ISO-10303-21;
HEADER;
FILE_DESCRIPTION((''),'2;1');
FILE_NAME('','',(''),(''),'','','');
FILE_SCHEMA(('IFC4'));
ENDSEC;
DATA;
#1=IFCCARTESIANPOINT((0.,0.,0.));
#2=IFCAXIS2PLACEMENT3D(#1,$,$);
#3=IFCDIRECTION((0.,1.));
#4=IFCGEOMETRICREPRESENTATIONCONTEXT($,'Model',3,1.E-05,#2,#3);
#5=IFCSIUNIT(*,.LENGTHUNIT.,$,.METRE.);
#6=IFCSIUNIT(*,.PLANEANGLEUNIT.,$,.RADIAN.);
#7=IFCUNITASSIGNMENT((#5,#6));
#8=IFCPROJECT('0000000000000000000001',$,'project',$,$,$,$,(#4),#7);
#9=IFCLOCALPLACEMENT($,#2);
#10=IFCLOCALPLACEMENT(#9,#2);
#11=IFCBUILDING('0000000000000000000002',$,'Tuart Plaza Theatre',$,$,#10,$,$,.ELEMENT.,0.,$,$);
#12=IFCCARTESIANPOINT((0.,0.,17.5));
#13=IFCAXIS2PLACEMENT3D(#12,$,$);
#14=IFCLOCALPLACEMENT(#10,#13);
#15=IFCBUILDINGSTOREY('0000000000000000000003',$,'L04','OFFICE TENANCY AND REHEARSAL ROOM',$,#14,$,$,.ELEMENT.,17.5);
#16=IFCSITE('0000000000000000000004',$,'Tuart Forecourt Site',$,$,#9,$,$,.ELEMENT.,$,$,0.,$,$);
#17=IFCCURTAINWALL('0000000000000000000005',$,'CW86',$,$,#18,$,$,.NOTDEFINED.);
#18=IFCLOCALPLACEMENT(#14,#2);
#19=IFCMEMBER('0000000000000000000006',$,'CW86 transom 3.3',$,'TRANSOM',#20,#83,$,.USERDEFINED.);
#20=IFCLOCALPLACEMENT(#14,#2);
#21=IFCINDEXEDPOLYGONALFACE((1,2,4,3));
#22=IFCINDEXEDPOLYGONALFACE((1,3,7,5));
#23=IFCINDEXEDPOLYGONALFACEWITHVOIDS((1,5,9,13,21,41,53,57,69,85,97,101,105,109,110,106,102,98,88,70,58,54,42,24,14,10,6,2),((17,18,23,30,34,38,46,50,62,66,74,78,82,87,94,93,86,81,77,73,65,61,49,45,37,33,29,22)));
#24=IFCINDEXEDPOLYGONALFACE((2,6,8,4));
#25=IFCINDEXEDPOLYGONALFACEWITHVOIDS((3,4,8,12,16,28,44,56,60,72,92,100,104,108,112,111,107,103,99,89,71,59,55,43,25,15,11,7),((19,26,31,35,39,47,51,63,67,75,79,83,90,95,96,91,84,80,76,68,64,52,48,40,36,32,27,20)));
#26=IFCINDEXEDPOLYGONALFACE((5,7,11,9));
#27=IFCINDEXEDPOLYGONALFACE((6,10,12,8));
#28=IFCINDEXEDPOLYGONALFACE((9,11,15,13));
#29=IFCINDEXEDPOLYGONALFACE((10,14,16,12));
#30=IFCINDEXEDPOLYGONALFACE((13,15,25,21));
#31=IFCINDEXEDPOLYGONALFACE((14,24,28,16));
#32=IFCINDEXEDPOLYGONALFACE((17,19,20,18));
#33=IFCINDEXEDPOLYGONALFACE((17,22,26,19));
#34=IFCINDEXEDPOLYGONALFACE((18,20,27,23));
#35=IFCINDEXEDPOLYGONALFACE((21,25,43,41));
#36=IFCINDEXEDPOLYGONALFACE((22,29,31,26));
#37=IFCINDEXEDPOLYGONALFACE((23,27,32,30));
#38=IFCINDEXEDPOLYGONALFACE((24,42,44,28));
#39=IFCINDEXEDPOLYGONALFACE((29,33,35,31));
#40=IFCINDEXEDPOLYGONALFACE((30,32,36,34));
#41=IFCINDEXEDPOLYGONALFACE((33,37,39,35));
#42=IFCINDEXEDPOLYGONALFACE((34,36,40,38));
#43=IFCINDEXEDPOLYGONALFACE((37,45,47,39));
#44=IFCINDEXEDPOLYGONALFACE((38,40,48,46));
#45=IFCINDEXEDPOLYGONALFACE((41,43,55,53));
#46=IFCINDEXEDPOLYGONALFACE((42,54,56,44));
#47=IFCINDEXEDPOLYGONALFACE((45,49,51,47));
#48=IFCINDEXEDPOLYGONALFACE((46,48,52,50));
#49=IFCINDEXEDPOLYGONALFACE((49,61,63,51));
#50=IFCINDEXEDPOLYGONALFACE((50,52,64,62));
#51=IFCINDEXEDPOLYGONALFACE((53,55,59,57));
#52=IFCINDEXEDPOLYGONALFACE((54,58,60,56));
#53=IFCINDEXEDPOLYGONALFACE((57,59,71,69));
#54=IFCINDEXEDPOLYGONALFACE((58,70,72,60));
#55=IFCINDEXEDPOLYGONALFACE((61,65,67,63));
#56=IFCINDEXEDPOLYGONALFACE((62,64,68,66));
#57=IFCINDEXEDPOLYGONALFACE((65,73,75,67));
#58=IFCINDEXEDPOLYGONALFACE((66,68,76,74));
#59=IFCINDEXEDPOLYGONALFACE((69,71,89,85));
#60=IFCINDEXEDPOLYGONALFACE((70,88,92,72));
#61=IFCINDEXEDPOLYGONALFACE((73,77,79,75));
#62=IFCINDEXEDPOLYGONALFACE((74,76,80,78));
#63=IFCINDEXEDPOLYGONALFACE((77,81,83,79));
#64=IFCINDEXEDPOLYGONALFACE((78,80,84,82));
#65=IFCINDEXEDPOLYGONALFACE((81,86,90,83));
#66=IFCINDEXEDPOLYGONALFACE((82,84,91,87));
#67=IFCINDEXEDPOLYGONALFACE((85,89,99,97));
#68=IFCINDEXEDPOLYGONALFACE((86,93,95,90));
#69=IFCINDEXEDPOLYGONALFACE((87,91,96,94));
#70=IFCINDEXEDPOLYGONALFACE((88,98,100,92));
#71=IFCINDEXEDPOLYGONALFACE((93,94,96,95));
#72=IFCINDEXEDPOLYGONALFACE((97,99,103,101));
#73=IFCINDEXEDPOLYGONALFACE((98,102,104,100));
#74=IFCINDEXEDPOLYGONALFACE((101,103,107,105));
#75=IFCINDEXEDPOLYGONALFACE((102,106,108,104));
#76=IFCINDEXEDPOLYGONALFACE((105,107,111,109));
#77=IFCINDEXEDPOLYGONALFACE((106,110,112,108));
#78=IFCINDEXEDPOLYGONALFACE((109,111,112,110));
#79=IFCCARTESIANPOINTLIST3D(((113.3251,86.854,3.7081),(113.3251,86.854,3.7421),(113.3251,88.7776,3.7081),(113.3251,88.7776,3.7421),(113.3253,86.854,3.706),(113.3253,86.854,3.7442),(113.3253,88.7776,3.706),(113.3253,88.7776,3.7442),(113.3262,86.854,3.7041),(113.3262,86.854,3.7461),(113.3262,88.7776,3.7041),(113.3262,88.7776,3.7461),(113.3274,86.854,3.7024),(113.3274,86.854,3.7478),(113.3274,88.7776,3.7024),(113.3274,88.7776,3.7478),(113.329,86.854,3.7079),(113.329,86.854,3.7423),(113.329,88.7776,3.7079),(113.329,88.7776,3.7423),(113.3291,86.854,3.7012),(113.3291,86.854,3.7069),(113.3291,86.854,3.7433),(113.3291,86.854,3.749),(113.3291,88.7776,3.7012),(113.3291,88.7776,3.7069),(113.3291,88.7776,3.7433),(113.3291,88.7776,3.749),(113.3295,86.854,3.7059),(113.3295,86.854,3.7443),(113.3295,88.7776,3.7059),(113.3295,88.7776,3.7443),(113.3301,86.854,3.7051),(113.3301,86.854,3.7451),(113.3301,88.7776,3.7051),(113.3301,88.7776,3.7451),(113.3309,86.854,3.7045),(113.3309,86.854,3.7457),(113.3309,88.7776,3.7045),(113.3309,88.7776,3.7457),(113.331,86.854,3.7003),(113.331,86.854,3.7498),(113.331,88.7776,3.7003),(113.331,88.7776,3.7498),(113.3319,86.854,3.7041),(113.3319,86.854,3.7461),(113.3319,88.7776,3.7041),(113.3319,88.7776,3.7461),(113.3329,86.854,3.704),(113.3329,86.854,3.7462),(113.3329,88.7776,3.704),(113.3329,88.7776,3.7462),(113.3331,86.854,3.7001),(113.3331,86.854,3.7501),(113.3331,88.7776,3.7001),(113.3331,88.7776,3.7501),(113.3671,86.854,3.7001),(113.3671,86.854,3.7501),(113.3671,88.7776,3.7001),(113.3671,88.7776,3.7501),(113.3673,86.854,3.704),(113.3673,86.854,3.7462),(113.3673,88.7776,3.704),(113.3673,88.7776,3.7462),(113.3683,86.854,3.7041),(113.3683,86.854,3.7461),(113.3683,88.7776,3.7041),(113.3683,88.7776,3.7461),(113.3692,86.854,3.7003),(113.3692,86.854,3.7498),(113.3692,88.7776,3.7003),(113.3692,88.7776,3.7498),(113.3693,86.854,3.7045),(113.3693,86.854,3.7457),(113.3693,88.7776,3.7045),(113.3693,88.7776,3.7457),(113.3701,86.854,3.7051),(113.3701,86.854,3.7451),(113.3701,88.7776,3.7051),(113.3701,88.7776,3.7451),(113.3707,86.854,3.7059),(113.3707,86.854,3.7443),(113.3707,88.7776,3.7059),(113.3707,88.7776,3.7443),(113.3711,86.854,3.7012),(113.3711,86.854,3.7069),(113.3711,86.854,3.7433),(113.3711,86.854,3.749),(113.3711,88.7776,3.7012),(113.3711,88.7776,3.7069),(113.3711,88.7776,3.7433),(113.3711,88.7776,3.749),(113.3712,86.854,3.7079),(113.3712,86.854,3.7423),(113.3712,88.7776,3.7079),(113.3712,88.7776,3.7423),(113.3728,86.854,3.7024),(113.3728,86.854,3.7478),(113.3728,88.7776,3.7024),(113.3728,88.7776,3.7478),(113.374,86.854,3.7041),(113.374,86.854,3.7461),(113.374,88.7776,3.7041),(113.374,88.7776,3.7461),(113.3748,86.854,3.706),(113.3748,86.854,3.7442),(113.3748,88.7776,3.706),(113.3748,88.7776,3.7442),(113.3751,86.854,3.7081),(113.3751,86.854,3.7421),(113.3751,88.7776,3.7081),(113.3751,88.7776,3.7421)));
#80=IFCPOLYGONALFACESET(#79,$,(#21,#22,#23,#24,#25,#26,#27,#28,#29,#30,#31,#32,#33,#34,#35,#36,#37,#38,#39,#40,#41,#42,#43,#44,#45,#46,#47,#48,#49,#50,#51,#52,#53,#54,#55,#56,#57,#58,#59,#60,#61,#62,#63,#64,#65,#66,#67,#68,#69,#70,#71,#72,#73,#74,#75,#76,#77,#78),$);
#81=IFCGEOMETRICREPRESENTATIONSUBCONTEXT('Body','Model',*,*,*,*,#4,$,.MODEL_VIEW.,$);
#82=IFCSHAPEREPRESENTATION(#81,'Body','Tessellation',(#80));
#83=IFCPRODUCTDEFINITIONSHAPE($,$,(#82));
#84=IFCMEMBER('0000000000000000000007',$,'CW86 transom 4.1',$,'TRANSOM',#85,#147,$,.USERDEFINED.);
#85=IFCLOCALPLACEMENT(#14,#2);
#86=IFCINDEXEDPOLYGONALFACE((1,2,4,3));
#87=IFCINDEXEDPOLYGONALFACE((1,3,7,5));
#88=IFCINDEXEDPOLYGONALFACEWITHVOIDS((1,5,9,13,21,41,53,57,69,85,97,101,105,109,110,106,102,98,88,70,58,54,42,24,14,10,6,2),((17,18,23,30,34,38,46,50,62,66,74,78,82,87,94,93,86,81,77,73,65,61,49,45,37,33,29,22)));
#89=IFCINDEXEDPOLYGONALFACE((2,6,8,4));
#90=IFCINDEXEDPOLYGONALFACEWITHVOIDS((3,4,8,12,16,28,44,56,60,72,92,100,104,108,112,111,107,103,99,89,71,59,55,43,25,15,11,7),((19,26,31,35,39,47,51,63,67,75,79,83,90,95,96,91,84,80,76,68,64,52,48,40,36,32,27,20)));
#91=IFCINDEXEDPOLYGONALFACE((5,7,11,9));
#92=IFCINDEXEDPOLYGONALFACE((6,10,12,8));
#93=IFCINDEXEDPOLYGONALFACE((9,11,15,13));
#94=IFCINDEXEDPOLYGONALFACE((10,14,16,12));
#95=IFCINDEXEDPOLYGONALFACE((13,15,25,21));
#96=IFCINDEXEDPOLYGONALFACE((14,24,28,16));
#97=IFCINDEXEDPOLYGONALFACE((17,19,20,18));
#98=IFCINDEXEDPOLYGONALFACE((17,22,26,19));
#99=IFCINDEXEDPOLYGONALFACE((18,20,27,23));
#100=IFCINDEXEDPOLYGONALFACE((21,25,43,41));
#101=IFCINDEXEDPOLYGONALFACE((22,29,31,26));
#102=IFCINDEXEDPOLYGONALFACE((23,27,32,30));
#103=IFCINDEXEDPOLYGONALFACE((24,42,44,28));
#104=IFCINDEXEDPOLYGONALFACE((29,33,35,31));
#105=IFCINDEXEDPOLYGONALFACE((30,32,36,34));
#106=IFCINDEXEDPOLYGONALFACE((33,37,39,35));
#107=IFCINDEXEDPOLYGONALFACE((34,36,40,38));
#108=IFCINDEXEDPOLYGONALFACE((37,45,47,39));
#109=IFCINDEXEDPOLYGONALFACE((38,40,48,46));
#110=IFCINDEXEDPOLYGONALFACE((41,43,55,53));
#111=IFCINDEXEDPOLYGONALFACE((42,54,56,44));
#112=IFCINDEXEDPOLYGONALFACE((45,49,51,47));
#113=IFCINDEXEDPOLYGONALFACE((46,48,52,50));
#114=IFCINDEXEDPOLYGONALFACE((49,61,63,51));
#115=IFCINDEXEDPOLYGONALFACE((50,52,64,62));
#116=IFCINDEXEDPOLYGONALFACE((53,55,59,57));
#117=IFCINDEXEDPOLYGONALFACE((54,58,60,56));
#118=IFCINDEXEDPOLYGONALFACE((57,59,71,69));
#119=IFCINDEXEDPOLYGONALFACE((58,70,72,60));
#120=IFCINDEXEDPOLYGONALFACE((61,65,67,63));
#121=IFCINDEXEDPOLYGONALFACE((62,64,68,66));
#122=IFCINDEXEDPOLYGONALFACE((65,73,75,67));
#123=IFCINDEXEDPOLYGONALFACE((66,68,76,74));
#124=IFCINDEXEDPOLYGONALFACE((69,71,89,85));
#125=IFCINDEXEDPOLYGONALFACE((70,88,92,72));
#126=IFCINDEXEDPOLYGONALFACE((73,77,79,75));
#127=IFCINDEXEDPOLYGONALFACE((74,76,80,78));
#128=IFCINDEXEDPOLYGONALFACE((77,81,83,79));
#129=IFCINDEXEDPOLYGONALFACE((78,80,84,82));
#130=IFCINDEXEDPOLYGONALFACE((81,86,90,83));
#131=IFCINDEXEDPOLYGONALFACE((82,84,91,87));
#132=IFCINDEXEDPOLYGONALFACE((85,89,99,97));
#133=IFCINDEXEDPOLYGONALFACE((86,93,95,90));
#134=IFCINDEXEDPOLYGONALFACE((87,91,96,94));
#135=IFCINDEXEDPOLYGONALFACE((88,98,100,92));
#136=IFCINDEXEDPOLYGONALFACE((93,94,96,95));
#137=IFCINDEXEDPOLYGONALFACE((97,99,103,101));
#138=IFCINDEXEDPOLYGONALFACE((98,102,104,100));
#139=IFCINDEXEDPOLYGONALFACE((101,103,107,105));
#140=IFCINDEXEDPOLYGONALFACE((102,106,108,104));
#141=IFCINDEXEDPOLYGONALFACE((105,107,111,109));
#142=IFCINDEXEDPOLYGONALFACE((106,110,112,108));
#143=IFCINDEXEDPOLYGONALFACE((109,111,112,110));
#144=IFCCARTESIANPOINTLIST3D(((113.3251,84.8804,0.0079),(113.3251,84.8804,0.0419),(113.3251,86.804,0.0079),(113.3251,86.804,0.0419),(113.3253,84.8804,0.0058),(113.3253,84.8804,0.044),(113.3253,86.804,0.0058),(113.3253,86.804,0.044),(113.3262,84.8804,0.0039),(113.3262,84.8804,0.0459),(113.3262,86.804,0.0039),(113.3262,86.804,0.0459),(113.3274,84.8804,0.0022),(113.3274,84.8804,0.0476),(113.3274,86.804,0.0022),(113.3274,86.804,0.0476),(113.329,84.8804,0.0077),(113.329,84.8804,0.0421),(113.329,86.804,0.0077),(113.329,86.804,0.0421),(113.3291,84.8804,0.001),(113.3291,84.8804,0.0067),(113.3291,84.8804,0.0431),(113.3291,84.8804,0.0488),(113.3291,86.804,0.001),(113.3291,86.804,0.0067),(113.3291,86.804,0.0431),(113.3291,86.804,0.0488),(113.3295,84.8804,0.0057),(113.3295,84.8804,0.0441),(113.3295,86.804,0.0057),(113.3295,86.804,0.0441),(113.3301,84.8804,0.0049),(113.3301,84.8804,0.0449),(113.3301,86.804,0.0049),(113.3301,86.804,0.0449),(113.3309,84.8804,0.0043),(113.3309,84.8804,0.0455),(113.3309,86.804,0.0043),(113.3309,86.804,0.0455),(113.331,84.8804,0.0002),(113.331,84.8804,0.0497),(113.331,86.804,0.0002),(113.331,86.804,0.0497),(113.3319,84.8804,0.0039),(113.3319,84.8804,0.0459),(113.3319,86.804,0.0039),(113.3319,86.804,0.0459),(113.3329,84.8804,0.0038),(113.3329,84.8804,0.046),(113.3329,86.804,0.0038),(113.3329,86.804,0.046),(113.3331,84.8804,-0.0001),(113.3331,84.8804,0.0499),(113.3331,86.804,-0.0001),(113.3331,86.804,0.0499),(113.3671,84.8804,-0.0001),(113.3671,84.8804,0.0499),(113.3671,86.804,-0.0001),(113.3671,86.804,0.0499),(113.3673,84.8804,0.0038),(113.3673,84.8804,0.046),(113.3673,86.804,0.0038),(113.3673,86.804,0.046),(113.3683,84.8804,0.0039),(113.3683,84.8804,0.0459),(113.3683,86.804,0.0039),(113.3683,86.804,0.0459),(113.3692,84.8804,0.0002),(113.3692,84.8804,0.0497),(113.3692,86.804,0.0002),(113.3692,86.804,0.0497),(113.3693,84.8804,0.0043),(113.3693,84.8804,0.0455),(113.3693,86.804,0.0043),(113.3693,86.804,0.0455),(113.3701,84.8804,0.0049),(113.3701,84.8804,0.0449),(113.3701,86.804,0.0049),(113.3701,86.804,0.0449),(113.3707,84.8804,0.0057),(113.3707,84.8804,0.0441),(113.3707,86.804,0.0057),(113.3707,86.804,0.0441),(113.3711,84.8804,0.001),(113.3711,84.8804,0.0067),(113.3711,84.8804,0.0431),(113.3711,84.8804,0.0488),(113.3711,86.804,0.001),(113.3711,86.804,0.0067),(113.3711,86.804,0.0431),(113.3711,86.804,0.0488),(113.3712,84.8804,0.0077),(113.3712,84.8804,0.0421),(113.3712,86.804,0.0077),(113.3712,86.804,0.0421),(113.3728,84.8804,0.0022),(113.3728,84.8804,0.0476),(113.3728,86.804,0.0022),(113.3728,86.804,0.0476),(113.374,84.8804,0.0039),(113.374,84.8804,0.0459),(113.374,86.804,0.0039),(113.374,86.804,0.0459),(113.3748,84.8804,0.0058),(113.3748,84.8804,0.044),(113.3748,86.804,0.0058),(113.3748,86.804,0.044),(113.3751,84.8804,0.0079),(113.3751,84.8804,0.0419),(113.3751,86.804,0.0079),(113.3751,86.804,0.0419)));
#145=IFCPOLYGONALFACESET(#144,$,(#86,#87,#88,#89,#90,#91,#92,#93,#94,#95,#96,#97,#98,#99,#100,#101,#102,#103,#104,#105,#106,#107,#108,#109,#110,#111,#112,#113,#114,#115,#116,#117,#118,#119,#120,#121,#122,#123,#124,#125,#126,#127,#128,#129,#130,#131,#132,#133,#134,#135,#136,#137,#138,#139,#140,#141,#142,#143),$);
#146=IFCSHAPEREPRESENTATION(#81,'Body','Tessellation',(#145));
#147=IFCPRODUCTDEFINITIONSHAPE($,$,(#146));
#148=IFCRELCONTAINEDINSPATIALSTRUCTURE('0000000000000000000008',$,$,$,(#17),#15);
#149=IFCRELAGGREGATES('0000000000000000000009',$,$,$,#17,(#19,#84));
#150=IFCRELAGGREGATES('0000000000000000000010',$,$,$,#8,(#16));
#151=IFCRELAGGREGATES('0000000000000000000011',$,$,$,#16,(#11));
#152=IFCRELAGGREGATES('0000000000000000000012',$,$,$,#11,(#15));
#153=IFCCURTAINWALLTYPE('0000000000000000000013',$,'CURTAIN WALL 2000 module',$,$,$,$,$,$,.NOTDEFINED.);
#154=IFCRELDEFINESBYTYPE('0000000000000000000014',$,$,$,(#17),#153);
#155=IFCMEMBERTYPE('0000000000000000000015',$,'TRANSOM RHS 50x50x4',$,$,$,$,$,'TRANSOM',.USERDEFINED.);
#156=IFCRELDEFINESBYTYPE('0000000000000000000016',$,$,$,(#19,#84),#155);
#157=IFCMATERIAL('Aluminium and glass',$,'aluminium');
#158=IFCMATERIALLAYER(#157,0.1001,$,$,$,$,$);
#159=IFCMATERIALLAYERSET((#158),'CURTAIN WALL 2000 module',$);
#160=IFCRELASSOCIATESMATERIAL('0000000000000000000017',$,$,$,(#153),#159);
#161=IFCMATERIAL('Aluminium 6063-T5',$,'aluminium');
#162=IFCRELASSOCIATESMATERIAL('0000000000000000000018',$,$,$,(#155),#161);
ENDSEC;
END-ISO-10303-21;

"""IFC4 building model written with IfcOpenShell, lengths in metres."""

from ifc_helpers import new_model, si_unit, direction, frame, origin, origin_2d, place, context, subcontext, project, spatial, hollow_rectangle, extrude, material, layer, layer_set, material_profile, profile_set, type_object, element, aggregate, save


model = new_model("IFC4")

# Units and contexts
model_context = context("Model", 3, precision=1e-05, world=origin(), true_north=direction((0.0, 1.0)))
body_context = subcontext(model_context, "Body", "Model", "MODEL_VIEW")
ifc_project = project(units=[si_unit("LENGTHUNIT", "METRE"), si_unit("PLANEANGLEUNIT", "RADIAN")], contexts=[model_context])

# Site, building, storey
site_placement = place(None, origin())
site = spatial("IfcSite", under=ifc_project, at=site_placement, Name="Tuart Forecourt Site", CompositionType="ELEMENT", RefElevation=0.0)
building_placement = place(site_placement, origin())
building = spatial("IfcBuilding", under=site, at=building_placement, Name="Tuart Plaza Theatre", CompositionType="ELEMENT", ElevationOfRefHeight=0.0)
storey_placement = place(building_placement, frame((0.0, 0.0, 17.5)))
storey = spatial("IfcBuildingStorey", under=building, at=storey_placement, Name="L04", Description="OFFICE TENANCY AND REHEARSAL ROOM", CompositionType="ELEMENT", Elevation=17.5)

# Curtain wall, members
ifc_material_1 = material(Name="Aluminium and glass", Category="aluminium")
ifc_layer_1 = layer(ifc_material_1, 0.1001)
ifc_layer_set_1 = layer_set([ifc_layer_1], Name="CURTAIN WALL 2000 module")
curtain_wall_type = type_object("IfcCurtainWallType", Name="CURTAIN WALL 2000 module", PredefinedType="NOTDEFINED", material=ifc_layer_set_1)
curtain_wall_placement = place(storey_placement, origin())
curtain_wall = element("IfcCurtainWall", 1, at=curtain_wall_placement, inside=storey, type_object=curtain_wall_type, Name="CW86", PredefinedType="NOTDEFINED")
ifc_material_2 = material(Name="Aluminium 6063-T5", Category="aluminium")
ifc_material_profile_1 = material_profile(ifc_material_2, hollow_rectangle(XDim=0.05, YDim=0.05, WallThickness=0.0039, InnerFilletRadius=0.0039, OuterFilletRadius=0.0081, at=origin_2d()), Name="RHS 50x50x4")
ifc_profile_set_1 = profile_set([ifc_material_profile_1], Name="Aluminium 6063-T5")
member_type_1 = type_object("IfcMemberType", Name="TRANSOM RHS 50x50x4", ElementType="TRANSOM", PredefinedType="USERDEFINED", material=ifc_profile_set_1)
member_1_placement = place(storey_placement, frame((113.3501, 88.7776, 3.7251), z_axis=(0.0, -1.0, 0.0), x_axis=(1.0, 0.0, 0.0)))
member_1 = element("IfcMember", 2, at=member_1_placement, type_object=member_type_1, Name="CW86 transom 3.3", ObjectType="TRANSOM", PredefinedType="USERDEFINED", context=body_context, shape_type="SweptSolid", body=[
    extrude(hollow_rectangle(XDim=0.05, YDim=0.05, WallThickness=0.0039, InnerFilletRadius=0.0039, OuterFilletRadius=0.0081, at=origin_2d()), origin(), (0.0, 0.0, 1.0), 1.9236),
])
member_2_placement = place(storey_placement, frame((113.3501, 86.804, 0.0249), z_axis=(0.0, -1.0, 0.0), x_axis=(1.0, 0.0, 0.0)))
member_2 = element("IfcMember", 3, at=member_2_placement, type_object=member_type_1, Name="CW86 transom 4.1", ObjectType="TRANSOM", PredefinedType="USERDEFINED", context=body_context, shape_type="SweptSolid", body=[
    extrude(hollow_rectangle(XDim=0.05, YDim=0.05, WallThickness=0.0039, InnerFilletRadius=0.0039, OuterFilletRadius=0.0081, at=origin_2d()), origin(), (0.0, 0.0, 1.0), 1.9236),
])
aggregate(curtain_wall, [member_1, member_2])

save(model, "model.ifc")
